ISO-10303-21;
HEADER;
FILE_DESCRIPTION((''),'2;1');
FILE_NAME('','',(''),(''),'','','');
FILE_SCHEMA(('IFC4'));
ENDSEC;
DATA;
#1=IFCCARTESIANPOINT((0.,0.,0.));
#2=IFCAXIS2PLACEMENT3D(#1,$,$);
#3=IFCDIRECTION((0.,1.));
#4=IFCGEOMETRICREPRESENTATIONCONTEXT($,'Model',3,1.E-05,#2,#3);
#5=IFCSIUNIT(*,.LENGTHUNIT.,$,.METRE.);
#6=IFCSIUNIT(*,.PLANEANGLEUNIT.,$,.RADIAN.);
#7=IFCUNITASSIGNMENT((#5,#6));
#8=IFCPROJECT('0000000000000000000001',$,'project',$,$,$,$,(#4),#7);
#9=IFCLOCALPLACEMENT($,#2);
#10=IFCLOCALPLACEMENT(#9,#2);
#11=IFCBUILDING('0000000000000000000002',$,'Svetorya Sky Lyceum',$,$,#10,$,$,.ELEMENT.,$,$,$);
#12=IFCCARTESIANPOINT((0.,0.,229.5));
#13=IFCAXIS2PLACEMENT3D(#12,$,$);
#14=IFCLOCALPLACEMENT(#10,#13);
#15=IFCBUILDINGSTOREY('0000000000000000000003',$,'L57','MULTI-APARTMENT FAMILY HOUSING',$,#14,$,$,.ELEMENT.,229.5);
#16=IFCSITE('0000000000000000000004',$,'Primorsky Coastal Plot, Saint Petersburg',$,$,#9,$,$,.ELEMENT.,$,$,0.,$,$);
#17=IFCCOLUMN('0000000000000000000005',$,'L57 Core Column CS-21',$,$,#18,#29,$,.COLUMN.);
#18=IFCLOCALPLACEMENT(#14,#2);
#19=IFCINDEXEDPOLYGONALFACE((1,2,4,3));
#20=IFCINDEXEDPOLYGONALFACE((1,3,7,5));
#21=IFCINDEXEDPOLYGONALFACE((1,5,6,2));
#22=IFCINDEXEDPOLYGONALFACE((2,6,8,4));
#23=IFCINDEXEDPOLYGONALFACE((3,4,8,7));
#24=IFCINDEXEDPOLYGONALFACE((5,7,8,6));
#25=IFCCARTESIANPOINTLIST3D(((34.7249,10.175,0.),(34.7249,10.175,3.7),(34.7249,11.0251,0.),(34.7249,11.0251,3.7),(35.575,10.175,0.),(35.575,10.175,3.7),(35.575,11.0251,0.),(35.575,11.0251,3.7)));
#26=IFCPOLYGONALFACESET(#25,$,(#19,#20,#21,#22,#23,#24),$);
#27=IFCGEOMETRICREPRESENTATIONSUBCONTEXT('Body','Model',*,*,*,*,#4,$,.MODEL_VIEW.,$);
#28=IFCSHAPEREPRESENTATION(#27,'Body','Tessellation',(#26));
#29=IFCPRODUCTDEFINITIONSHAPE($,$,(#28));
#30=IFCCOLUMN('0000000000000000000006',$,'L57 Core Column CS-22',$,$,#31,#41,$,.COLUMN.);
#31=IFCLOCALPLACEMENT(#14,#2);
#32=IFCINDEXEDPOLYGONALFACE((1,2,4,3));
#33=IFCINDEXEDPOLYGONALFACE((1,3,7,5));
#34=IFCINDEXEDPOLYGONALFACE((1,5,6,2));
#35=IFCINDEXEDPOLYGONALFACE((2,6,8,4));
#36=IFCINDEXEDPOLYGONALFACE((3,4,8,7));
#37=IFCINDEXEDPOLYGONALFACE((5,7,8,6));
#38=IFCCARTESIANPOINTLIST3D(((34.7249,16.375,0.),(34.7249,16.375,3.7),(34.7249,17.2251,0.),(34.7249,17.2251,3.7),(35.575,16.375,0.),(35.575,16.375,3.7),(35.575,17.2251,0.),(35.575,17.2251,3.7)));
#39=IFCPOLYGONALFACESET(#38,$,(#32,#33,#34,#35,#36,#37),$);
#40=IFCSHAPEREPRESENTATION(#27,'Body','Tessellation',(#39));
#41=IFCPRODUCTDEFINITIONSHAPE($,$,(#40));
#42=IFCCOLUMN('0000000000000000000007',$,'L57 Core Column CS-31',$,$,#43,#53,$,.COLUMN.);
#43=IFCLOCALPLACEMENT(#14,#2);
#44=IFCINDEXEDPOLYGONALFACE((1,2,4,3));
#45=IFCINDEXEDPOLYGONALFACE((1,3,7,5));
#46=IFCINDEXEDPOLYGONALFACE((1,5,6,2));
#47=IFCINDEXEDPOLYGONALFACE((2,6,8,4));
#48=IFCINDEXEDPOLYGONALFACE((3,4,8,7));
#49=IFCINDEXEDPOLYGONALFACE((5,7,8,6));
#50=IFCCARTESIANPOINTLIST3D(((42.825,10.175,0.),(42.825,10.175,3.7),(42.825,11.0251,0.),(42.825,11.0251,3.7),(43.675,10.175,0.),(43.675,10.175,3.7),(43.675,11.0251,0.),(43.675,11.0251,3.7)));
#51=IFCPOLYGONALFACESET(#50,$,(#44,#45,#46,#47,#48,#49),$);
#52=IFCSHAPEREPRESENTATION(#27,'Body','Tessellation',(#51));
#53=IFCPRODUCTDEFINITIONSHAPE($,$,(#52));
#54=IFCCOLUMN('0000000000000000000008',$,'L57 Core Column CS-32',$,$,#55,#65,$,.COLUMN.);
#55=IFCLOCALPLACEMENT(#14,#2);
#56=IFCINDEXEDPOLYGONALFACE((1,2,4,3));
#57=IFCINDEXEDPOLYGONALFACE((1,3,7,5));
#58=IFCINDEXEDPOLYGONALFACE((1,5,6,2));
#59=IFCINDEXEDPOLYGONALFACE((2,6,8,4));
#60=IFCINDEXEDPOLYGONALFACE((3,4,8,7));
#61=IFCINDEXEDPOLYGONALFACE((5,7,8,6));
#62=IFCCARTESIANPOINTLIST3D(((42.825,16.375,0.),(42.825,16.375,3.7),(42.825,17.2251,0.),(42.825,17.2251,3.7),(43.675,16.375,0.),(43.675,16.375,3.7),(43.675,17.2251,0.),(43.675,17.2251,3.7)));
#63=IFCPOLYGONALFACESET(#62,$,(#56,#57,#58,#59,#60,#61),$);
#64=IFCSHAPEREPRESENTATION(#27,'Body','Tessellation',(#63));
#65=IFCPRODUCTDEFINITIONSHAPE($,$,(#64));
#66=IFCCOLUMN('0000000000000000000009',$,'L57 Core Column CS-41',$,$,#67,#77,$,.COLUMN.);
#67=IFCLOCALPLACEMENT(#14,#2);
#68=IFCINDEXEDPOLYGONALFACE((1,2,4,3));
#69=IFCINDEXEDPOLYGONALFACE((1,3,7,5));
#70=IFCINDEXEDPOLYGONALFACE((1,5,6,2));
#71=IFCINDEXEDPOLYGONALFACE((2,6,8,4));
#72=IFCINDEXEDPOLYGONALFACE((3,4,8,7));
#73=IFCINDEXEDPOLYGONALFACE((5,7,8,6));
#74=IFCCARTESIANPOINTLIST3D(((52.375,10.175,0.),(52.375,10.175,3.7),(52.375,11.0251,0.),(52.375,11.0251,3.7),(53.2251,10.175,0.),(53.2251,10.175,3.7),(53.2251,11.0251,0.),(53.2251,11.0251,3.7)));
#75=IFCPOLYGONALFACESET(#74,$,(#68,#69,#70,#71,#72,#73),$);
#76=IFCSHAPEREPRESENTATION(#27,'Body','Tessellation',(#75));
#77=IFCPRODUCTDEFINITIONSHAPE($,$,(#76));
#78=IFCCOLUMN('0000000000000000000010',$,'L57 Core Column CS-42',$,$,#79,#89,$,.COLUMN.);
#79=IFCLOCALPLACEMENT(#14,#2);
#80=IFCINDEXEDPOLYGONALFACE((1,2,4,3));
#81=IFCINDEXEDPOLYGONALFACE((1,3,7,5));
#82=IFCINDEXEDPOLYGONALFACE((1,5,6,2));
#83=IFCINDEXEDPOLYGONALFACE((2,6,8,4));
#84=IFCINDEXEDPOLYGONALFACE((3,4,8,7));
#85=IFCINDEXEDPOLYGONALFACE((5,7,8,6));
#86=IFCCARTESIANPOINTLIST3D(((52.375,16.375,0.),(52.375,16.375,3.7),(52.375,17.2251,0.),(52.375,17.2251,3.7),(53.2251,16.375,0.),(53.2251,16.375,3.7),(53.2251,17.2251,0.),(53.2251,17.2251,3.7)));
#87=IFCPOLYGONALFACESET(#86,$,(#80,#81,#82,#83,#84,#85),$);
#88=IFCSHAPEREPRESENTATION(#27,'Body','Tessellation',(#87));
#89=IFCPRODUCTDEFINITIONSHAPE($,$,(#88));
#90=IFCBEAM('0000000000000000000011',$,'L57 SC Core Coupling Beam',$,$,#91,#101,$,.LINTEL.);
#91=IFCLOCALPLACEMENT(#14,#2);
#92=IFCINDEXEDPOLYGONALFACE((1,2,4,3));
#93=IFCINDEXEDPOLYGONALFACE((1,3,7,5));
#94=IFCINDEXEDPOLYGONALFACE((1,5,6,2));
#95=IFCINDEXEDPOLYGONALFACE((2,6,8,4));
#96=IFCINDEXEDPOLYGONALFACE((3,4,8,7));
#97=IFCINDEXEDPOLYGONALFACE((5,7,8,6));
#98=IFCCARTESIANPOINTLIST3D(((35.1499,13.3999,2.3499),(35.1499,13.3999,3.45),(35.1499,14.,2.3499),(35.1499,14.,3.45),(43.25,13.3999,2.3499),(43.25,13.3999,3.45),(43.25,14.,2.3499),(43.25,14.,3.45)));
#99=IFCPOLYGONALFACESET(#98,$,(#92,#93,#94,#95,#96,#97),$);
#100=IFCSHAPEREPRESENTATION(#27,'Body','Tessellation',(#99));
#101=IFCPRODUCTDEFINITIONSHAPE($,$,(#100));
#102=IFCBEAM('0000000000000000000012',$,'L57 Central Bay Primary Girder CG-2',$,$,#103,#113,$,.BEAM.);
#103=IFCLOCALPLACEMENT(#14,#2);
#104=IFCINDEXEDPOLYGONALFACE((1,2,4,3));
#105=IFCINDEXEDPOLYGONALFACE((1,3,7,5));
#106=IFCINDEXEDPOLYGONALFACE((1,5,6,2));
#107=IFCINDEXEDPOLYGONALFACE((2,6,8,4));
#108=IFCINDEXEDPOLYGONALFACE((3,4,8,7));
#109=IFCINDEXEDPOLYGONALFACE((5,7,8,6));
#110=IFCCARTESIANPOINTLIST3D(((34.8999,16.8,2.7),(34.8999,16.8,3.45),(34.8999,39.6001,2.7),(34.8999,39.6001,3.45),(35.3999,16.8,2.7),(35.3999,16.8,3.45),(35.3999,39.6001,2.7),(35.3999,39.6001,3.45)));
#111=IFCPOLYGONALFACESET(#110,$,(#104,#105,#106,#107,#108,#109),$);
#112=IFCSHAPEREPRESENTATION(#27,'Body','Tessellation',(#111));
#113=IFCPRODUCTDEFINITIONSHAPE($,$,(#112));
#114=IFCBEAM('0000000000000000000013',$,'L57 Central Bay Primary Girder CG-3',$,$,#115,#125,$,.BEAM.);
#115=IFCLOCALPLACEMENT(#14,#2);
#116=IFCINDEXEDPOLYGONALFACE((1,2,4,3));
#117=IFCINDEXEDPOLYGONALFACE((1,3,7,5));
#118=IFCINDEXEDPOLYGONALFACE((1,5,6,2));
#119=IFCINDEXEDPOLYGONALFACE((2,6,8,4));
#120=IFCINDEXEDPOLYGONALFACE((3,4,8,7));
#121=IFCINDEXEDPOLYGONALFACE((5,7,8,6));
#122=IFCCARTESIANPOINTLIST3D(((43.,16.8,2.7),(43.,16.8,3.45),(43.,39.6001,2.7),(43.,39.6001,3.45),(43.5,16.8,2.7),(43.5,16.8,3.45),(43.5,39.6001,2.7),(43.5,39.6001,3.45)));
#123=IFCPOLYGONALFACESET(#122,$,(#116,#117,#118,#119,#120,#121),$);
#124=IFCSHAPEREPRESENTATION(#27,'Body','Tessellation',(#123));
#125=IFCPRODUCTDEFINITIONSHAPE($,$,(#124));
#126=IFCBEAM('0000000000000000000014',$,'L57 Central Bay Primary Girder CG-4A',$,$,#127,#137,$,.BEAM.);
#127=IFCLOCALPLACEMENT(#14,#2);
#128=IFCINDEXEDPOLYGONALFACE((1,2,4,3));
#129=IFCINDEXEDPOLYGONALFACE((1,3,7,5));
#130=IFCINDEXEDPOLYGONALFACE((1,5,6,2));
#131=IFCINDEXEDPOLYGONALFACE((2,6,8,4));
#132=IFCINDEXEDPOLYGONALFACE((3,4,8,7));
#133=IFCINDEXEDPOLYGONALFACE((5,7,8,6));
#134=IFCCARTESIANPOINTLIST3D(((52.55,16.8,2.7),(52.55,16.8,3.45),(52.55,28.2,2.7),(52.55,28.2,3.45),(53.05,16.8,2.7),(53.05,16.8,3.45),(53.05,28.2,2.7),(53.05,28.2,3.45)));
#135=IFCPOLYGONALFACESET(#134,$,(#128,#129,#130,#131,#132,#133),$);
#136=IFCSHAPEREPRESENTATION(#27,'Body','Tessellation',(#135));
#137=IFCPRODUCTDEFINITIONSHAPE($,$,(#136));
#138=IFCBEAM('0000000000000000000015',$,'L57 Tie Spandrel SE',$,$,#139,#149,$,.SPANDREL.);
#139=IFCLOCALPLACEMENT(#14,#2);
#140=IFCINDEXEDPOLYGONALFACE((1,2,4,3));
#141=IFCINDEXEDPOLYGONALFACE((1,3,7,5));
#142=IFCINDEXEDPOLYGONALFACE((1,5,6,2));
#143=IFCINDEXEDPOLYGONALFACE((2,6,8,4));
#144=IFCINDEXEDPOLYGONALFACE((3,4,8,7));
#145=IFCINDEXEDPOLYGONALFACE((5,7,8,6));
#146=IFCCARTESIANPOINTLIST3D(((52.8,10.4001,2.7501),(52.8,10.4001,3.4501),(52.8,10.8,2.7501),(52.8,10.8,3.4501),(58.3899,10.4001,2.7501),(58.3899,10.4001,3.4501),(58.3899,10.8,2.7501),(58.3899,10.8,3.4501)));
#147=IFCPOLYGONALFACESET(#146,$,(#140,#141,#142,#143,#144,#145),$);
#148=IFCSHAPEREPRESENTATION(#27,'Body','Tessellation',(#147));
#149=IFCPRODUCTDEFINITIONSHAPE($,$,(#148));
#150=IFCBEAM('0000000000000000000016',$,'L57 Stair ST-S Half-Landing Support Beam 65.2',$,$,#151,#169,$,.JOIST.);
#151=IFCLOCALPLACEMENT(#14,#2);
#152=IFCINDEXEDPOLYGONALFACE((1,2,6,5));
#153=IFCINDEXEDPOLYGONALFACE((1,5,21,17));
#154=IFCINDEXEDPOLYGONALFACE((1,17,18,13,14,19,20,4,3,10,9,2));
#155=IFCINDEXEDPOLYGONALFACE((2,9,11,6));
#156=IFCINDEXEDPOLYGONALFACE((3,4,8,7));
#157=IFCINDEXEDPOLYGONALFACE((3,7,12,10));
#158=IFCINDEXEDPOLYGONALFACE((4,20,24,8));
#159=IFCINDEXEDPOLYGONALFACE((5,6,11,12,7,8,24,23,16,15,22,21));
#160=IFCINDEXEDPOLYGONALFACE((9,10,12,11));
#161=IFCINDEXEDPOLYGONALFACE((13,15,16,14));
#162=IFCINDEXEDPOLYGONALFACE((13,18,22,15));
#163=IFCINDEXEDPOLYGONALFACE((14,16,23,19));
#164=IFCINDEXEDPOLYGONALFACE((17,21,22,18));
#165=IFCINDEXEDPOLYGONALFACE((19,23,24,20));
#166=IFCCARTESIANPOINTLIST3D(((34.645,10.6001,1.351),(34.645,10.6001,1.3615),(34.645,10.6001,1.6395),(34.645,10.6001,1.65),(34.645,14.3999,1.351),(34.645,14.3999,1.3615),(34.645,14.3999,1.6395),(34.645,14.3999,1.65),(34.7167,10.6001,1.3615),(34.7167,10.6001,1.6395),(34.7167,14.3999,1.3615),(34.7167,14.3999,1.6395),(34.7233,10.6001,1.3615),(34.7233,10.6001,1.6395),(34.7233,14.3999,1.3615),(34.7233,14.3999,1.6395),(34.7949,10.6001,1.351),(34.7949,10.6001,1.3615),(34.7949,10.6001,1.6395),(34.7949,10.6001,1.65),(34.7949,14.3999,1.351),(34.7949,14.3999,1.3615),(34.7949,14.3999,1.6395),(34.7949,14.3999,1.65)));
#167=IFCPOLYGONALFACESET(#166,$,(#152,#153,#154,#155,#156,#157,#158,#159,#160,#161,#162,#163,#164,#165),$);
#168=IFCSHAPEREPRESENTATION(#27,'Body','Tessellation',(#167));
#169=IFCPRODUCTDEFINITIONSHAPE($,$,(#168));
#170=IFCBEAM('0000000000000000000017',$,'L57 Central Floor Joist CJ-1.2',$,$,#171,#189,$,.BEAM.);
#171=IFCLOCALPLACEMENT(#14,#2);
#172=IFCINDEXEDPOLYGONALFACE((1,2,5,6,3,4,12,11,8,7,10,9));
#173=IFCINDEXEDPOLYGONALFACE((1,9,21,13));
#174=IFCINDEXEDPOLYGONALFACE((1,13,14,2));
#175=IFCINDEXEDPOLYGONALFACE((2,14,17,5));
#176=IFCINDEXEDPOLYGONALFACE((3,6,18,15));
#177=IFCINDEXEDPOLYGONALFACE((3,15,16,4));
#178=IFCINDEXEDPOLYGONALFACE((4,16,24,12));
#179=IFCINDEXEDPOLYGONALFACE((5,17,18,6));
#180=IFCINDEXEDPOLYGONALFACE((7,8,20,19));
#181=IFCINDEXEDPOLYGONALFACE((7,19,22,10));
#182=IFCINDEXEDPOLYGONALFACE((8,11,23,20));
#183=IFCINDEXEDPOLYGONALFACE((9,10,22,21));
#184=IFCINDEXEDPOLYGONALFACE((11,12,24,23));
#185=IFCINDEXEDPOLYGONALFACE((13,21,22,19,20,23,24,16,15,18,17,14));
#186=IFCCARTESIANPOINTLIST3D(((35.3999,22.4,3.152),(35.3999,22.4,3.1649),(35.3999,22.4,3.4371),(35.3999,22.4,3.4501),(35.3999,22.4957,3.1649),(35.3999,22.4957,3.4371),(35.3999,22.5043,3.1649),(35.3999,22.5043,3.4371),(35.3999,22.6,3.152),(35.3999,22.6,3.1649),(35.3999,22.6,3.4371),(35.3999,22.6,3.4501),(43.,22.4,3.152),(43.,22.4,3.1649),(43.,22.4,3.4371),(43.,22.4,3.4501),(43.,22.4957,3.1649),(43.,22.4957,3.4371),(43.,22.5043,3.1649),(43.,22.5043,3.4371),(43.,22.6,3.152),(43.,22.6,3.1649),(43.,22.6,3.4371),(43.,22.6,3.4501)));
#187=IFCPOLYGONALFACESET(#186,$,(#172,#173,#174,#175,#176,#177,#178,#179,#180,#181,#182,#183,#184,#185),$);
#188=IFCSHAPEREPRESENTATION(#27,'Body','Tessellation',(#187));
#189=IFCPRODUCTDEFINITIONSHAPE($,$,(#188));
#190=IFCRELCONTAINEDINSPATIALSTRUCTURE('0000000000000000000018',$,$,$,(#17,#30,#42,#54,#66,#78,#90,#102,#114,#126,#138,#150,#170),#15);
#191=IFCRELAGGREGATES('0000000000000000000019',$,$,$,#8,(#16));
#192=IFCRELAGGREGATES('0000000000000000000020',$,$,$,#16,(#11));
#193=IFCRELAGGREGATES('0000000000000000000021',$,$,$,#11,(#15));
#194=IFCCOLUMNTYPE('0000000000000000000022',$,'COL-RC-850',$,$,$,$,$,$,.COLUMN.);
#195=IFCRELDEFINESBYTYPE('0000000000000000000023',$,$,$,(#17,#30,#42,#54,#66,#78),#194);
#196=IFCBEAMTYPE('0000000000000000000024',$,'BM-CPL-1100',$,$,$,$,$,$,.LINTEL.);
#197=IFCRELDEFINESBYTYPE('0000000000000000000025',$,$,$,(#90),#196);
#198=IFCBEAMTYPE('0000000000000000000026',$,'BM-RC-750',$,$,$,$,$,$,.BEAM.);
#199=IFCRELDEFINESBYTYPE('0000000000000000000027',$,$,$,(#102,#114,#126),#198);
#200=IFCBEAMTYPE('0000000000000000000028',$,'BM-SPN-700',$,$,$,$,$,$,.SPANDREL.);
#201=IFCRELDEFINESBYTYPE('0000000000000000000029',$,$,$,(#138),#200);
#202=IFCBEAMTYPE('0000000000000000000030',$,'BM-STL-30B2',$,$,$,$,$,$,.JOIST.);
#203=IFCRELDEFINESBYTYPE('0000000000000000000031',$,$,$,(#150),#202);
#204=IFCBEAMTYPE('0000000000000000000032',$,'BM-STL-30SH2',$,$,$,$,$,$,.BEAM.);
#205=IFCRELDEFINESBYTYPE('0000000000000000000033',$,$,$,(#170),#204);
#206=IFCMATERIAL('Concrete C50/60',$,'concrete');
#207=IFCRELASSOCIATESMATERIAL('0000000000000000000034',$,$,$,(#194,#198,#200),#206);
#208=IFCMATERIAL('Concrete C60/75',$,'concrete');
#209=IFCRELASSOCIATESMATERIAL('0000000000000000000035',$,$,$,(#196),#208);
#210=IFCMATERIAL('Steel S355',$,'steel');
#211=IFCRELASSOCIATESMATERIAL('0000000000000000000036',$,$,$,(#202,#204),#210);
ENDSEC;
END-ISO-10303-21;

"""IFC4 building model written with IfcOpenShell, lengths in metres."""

from ifc_helpers import new_model, si_unit, direction, frame, origin, origin_2d, place, context, subcontext, project, spatial, rectangle, i_section, extrude, material, material_profile, profile_set, type_object, element, save


model = new_model("IFC4")

# Units and contexts
model_context = context("Model", 3, precision=1e-05, world=origin(), true_north=direction((0.0, 1.0)))
body_context = subcontext(model_context, "Body", "Model", "MODEL_VIEW")
ifc_project = project(units=[si_unit("LENGTHUNIT", "METRE"), si_unit("PLANEANGLEUNIT", "RADIAN")], contexts=[model_context])

# Site, building, storey
site_placement = place(None, origin())
site = spatial("IfcSite", under=ifc_project, at=site_placement, Name="Primorsky Coastal Plot, Saint Petersburg", CompositionType="ELEMENT", RefElevation=0.0)
building_placement = place(site_placement, origin())
building = spatial("IfcBuilding", under=site, at=building_placement, Name="Svetorya Sky Lyceum", CompositionType="ELEMENT")
storey_placement = place(building_placement, frame((0.0, 0.0, 229.5)))
storey = spatial("IfcBuildingStorey", under=building, at=storey_placement, Name="L57", Description="MULTI-APARTMENT FAMILY HOUSING", CompositionType="ELEMENT", Elevation=229.5)

# Columns
ifc_material_1 = material(Name="Concrete C50/60", Category="concrete")
ifc_material_profile_1 = material_profile(ifc_material_1, rectangle(XDim=0.8501, YDim=0.8501, at=origin_2d()), Name="RC COL 850x850")
ifc_profile_set_1 = profile_set([ifc_material_profile_1], Name="Concrete C50/60")
column_type = type_object("IfcColumnType", Name="COL-RC-850", PredefinedType="COLUMN", material=ifc_profile_set_1)
for number, where, z_axis, x_axis, name in (
    (1, (35.1499, 10.6001, 0.0), (0.0, 0.0, 1.0), (1.0, 0.0, 0.0), "L57 Core Column CS-21"),
    (2, (35.1499, 16.8, 0.0), (0.0, 0.0, 1.0), (1.0, 0.0, 0.0), "L57 Core Column CS-22"),
    (3, (43.25, 10.6001, 0.0), (0.0, 0.0, 1.0), (1.0, 0.0, 0.0), "L57 Core Column CS-31"),
    (4, (43.25, 16.8, 0.0), (0.0, 0.0, 1.0), (1.0, 0.0, 0.0), "L57 Core Column CS-32"),
    (5, (52.8, 10.6001, 0.0), (0.0, 0.0, 1.0), (1.0, 0.0, 0.0), "L57 Core Column CS-41"),
    (6, (52.8, 16.8, 0.0), (0.0, 0.0, 1.0), (1.0, 0.0, 0.0), "L57 Core Column CS-42"),
):
    element("IfcColumn", number, at=place(storey_placement, frame(where, z_axis=z_axis, x_axis=x_axis)), inside=storey, type_object=column_type, Name=name, PredefinedType="COLUMN", context=body_context, shape_type="SweptSolid", body=[
        extrude(rectangle(XDim=0.8501, YDim=0.8501, at=origin_2d()), origin(), (0.0, 0.0, 1.0), 3.7),
    ])

# Beams
ifc_material_2 = material(Name="Concrete C60/75", Category="concrete")
ifc_material_profile_2 = material_profile(ifc_material_2, rectangle(XDim=0.6001, YDim=1.1001, at=origin_2d()), Name="RC COUPLING 600x1100")
ifc_profile_set_2 = profile_set([ifc_material_profile_2], Name="Concrete C60/75")
beam_type_1 = type_object("IfcBeamType", Name="BM-CPL-1100", PredefinedType="LINTEL", material=ifc_profile_set_2)
beam_1_placement = place(storey_placement, frame((35.1499, 13.7, 2.8999), z_axis=(1.0, 0.0, 0.0), x_axis=(0.0, 1.0, 0.0)))
element("IfcBeam", 7, at=beam_1_placement, inside=storey, type_object=beam_type_1, Name="L57 SC Core Coupling Beam", PredefinedType="LINTEL", context=body_context, shape_type="SweptSolid", body=[
    extrude(rectangle(XDim=0.6001, YDim=1.1001, at=origin_2d()), origin(), (0.0, 0.0, 1.0), 8.1001),
])
ifc_material_profile_3 = material_profile(ifc_material_1, rectangle(XDim=0.5, YDim=0.75, at=origin_2d()), Name="RC BEAM 500x750")
ifc_profile_set_3 = profile_set([ifc_material_profile_3], Name="Concrete C50/60")
beam_type_2 = type_object("IfcBeamType", Name="BM-RC-750", PredefinedType="BEAM", material=ifc_profile_set_3)
for number, where, z_axis, x_axis, name in (
    (8, (35.1499, 16.8, 3.075), (0.0, 1.0, 0.0), (-1.0, 0.0, 0.0), "L57 Central Bay Primary Girder CG-2"),
    (9, (43.25, 16.8, 3.075), (0.0, 1.0, 0.0), (-1.0, 0.0, 0.0), "L57 Central Bay Primary Girder CG-3"),
):
    element("IfcBeam", number, at=place(storey_placement, frame(where, z_axis=z_axis, x_axis=x_axis)), inside=storey, type_object=beam_type_2, Name=name, PredefinedType="BEAM", context=body_context, shape_type="SweptSolid", body=[
        extrude(rectangle(XDim=0.5, YDim=0.75, at=origin_2d()), origin(), (0.0, 0.0, 1.0), 22.8),
    ])
beam_2_placement = place(storey_placement, frame((52.8, 16.8, 3.075), z_axis=(0.0, 1.0, 0.0), x_axis=(-1.0, 0.0, 0.0)))
element("IfcBeam", 10, at=beam_2_placement, inside=storey, type_object=beam_type_2, Name="L57 Central Bay Primary Girder CG-4A", PredefinedType="BEAM", context=body_context, shape_type="SweptSolid", body=[
    extrude(rectangle(XDim=0.5, YDim=0.75, at=origin_2d()), origin(), (0.0, 0.0, 1.0), 11.3999),
])
ifc_material_profile_4 = material_profile(ifc_material_1, rectangle(XDim=0.3999, YDim=0.7, at=origin_2d()), Name="RC SPANDREL 400x700")
ifc_profile_set_4 = profile_set([ifc_material_profile_4], Name="Concrete C50/60")
beam_type_3 = type_object("IfcBeamType", Name="BM-SPN-700", PredefinedType="SPANDREL", material=ifc_profile_set_4)
beam_3_placement = place(storey_placement, frame((52.8, 10.6001, 3.1001), z_axis=(1.0, 0.0, 0.0), x_axis=(0.0, 1.0, 0.0)))
element("IfcBeam", 11, at=beam_3_placement, inside=storey, type_object=beam_type_3, Name="L57 Tie Spandrel SE", PredefinedType="SPANDREL", context=body_context, shape_type="SweptSolid", body=[
    extrude(rectangle(XDim=0.3999, YDim=0.7, at=origin_2d()), origin(), (0.0, 0.0, 1.0), 5.5898),
])
ifc_material_3 = material(Name="Steel S355", Category="steel")
ifc_material_profile_5 = material_profile(ifc_material_3, i_section(OverallWidth=0.1499, OverallDepth=0.2991, WebThickness=0.0066, FlangeThickness=0.0105, at=origin_2d()), Name="GOST 30B2")
ifc_profile_set_5 = profile_set([ifc_material_profile_5], Name="Steel S355")
beam_type_4 = type_object("IfcBeamType", Name="BM-STL-30B2", PredefinedType="JOIST", material=ifc_profile_set_5)
beam_4_placement = place(storey_placement, frame((34.72, 10.6001, 1.5005), z_axis=(0.0, 1.0, 0.0), x_axis=(-1.0, 0.0, 0.0)))
element("IfcBeam", 12, at=beam_4_placement, inside=storey, type_object=beam_type_4, Name="L57 Stair ST-S Half-Landing Support Beam 65.2", PredefinedType="JOIST", context=body_context, shape_type="SweptSolid", body=[
    extrude(i_section(OverallWidth=0.1499, OverallDepth=0.2991, WebThickness=0.0066, FlangeThickness=0.0105, at=origin_2d()), origin(), (0.0, 0.0, 1.0), 3.7998),
])
ifc_material_profile_6 = material_profile(ifc_material_3, i_section(OverallWidth=0.2, OverallDepth=0.2981, WebThickness=0.0085, FlangeThickness=0.0129, at=origin_2d()), Name="GOST 30Sh2")
ifc_profile_set_6 = profile_set([ifc_material_profile_6], Name="Steel S355")
beam_type_5 = type_object("IfcBeamType", Name="BM-STL-30SH2", PredefinedType="BEAM", material=ifc_profile_set_6)
beam_5_placement = place(storey_placement, frame((35.3999, 22.5, 3.301), z_axis=(1.0, 0.0, 0.0), x_axis=(0.0, 1.0, 0.0)))
element("IfcBeam", 13, at=beam_5_placement, inside=storey, type_object=beam_type_5, Name="L57 Central Floor Joist CJ-1.2", PredefinedType="BEAM", context=body_context, shape_type="SweptSolid", body=[
    extrude(i_section(OverallWidth=0.2, OverallDepth=0.2981, WebThickness=0.0085, FlangeThickness=0.0129, at=origin_2d()), origin(), (0.0, 0.0, 1.0), 7.6001),
])

save(model, "model.ifc")
